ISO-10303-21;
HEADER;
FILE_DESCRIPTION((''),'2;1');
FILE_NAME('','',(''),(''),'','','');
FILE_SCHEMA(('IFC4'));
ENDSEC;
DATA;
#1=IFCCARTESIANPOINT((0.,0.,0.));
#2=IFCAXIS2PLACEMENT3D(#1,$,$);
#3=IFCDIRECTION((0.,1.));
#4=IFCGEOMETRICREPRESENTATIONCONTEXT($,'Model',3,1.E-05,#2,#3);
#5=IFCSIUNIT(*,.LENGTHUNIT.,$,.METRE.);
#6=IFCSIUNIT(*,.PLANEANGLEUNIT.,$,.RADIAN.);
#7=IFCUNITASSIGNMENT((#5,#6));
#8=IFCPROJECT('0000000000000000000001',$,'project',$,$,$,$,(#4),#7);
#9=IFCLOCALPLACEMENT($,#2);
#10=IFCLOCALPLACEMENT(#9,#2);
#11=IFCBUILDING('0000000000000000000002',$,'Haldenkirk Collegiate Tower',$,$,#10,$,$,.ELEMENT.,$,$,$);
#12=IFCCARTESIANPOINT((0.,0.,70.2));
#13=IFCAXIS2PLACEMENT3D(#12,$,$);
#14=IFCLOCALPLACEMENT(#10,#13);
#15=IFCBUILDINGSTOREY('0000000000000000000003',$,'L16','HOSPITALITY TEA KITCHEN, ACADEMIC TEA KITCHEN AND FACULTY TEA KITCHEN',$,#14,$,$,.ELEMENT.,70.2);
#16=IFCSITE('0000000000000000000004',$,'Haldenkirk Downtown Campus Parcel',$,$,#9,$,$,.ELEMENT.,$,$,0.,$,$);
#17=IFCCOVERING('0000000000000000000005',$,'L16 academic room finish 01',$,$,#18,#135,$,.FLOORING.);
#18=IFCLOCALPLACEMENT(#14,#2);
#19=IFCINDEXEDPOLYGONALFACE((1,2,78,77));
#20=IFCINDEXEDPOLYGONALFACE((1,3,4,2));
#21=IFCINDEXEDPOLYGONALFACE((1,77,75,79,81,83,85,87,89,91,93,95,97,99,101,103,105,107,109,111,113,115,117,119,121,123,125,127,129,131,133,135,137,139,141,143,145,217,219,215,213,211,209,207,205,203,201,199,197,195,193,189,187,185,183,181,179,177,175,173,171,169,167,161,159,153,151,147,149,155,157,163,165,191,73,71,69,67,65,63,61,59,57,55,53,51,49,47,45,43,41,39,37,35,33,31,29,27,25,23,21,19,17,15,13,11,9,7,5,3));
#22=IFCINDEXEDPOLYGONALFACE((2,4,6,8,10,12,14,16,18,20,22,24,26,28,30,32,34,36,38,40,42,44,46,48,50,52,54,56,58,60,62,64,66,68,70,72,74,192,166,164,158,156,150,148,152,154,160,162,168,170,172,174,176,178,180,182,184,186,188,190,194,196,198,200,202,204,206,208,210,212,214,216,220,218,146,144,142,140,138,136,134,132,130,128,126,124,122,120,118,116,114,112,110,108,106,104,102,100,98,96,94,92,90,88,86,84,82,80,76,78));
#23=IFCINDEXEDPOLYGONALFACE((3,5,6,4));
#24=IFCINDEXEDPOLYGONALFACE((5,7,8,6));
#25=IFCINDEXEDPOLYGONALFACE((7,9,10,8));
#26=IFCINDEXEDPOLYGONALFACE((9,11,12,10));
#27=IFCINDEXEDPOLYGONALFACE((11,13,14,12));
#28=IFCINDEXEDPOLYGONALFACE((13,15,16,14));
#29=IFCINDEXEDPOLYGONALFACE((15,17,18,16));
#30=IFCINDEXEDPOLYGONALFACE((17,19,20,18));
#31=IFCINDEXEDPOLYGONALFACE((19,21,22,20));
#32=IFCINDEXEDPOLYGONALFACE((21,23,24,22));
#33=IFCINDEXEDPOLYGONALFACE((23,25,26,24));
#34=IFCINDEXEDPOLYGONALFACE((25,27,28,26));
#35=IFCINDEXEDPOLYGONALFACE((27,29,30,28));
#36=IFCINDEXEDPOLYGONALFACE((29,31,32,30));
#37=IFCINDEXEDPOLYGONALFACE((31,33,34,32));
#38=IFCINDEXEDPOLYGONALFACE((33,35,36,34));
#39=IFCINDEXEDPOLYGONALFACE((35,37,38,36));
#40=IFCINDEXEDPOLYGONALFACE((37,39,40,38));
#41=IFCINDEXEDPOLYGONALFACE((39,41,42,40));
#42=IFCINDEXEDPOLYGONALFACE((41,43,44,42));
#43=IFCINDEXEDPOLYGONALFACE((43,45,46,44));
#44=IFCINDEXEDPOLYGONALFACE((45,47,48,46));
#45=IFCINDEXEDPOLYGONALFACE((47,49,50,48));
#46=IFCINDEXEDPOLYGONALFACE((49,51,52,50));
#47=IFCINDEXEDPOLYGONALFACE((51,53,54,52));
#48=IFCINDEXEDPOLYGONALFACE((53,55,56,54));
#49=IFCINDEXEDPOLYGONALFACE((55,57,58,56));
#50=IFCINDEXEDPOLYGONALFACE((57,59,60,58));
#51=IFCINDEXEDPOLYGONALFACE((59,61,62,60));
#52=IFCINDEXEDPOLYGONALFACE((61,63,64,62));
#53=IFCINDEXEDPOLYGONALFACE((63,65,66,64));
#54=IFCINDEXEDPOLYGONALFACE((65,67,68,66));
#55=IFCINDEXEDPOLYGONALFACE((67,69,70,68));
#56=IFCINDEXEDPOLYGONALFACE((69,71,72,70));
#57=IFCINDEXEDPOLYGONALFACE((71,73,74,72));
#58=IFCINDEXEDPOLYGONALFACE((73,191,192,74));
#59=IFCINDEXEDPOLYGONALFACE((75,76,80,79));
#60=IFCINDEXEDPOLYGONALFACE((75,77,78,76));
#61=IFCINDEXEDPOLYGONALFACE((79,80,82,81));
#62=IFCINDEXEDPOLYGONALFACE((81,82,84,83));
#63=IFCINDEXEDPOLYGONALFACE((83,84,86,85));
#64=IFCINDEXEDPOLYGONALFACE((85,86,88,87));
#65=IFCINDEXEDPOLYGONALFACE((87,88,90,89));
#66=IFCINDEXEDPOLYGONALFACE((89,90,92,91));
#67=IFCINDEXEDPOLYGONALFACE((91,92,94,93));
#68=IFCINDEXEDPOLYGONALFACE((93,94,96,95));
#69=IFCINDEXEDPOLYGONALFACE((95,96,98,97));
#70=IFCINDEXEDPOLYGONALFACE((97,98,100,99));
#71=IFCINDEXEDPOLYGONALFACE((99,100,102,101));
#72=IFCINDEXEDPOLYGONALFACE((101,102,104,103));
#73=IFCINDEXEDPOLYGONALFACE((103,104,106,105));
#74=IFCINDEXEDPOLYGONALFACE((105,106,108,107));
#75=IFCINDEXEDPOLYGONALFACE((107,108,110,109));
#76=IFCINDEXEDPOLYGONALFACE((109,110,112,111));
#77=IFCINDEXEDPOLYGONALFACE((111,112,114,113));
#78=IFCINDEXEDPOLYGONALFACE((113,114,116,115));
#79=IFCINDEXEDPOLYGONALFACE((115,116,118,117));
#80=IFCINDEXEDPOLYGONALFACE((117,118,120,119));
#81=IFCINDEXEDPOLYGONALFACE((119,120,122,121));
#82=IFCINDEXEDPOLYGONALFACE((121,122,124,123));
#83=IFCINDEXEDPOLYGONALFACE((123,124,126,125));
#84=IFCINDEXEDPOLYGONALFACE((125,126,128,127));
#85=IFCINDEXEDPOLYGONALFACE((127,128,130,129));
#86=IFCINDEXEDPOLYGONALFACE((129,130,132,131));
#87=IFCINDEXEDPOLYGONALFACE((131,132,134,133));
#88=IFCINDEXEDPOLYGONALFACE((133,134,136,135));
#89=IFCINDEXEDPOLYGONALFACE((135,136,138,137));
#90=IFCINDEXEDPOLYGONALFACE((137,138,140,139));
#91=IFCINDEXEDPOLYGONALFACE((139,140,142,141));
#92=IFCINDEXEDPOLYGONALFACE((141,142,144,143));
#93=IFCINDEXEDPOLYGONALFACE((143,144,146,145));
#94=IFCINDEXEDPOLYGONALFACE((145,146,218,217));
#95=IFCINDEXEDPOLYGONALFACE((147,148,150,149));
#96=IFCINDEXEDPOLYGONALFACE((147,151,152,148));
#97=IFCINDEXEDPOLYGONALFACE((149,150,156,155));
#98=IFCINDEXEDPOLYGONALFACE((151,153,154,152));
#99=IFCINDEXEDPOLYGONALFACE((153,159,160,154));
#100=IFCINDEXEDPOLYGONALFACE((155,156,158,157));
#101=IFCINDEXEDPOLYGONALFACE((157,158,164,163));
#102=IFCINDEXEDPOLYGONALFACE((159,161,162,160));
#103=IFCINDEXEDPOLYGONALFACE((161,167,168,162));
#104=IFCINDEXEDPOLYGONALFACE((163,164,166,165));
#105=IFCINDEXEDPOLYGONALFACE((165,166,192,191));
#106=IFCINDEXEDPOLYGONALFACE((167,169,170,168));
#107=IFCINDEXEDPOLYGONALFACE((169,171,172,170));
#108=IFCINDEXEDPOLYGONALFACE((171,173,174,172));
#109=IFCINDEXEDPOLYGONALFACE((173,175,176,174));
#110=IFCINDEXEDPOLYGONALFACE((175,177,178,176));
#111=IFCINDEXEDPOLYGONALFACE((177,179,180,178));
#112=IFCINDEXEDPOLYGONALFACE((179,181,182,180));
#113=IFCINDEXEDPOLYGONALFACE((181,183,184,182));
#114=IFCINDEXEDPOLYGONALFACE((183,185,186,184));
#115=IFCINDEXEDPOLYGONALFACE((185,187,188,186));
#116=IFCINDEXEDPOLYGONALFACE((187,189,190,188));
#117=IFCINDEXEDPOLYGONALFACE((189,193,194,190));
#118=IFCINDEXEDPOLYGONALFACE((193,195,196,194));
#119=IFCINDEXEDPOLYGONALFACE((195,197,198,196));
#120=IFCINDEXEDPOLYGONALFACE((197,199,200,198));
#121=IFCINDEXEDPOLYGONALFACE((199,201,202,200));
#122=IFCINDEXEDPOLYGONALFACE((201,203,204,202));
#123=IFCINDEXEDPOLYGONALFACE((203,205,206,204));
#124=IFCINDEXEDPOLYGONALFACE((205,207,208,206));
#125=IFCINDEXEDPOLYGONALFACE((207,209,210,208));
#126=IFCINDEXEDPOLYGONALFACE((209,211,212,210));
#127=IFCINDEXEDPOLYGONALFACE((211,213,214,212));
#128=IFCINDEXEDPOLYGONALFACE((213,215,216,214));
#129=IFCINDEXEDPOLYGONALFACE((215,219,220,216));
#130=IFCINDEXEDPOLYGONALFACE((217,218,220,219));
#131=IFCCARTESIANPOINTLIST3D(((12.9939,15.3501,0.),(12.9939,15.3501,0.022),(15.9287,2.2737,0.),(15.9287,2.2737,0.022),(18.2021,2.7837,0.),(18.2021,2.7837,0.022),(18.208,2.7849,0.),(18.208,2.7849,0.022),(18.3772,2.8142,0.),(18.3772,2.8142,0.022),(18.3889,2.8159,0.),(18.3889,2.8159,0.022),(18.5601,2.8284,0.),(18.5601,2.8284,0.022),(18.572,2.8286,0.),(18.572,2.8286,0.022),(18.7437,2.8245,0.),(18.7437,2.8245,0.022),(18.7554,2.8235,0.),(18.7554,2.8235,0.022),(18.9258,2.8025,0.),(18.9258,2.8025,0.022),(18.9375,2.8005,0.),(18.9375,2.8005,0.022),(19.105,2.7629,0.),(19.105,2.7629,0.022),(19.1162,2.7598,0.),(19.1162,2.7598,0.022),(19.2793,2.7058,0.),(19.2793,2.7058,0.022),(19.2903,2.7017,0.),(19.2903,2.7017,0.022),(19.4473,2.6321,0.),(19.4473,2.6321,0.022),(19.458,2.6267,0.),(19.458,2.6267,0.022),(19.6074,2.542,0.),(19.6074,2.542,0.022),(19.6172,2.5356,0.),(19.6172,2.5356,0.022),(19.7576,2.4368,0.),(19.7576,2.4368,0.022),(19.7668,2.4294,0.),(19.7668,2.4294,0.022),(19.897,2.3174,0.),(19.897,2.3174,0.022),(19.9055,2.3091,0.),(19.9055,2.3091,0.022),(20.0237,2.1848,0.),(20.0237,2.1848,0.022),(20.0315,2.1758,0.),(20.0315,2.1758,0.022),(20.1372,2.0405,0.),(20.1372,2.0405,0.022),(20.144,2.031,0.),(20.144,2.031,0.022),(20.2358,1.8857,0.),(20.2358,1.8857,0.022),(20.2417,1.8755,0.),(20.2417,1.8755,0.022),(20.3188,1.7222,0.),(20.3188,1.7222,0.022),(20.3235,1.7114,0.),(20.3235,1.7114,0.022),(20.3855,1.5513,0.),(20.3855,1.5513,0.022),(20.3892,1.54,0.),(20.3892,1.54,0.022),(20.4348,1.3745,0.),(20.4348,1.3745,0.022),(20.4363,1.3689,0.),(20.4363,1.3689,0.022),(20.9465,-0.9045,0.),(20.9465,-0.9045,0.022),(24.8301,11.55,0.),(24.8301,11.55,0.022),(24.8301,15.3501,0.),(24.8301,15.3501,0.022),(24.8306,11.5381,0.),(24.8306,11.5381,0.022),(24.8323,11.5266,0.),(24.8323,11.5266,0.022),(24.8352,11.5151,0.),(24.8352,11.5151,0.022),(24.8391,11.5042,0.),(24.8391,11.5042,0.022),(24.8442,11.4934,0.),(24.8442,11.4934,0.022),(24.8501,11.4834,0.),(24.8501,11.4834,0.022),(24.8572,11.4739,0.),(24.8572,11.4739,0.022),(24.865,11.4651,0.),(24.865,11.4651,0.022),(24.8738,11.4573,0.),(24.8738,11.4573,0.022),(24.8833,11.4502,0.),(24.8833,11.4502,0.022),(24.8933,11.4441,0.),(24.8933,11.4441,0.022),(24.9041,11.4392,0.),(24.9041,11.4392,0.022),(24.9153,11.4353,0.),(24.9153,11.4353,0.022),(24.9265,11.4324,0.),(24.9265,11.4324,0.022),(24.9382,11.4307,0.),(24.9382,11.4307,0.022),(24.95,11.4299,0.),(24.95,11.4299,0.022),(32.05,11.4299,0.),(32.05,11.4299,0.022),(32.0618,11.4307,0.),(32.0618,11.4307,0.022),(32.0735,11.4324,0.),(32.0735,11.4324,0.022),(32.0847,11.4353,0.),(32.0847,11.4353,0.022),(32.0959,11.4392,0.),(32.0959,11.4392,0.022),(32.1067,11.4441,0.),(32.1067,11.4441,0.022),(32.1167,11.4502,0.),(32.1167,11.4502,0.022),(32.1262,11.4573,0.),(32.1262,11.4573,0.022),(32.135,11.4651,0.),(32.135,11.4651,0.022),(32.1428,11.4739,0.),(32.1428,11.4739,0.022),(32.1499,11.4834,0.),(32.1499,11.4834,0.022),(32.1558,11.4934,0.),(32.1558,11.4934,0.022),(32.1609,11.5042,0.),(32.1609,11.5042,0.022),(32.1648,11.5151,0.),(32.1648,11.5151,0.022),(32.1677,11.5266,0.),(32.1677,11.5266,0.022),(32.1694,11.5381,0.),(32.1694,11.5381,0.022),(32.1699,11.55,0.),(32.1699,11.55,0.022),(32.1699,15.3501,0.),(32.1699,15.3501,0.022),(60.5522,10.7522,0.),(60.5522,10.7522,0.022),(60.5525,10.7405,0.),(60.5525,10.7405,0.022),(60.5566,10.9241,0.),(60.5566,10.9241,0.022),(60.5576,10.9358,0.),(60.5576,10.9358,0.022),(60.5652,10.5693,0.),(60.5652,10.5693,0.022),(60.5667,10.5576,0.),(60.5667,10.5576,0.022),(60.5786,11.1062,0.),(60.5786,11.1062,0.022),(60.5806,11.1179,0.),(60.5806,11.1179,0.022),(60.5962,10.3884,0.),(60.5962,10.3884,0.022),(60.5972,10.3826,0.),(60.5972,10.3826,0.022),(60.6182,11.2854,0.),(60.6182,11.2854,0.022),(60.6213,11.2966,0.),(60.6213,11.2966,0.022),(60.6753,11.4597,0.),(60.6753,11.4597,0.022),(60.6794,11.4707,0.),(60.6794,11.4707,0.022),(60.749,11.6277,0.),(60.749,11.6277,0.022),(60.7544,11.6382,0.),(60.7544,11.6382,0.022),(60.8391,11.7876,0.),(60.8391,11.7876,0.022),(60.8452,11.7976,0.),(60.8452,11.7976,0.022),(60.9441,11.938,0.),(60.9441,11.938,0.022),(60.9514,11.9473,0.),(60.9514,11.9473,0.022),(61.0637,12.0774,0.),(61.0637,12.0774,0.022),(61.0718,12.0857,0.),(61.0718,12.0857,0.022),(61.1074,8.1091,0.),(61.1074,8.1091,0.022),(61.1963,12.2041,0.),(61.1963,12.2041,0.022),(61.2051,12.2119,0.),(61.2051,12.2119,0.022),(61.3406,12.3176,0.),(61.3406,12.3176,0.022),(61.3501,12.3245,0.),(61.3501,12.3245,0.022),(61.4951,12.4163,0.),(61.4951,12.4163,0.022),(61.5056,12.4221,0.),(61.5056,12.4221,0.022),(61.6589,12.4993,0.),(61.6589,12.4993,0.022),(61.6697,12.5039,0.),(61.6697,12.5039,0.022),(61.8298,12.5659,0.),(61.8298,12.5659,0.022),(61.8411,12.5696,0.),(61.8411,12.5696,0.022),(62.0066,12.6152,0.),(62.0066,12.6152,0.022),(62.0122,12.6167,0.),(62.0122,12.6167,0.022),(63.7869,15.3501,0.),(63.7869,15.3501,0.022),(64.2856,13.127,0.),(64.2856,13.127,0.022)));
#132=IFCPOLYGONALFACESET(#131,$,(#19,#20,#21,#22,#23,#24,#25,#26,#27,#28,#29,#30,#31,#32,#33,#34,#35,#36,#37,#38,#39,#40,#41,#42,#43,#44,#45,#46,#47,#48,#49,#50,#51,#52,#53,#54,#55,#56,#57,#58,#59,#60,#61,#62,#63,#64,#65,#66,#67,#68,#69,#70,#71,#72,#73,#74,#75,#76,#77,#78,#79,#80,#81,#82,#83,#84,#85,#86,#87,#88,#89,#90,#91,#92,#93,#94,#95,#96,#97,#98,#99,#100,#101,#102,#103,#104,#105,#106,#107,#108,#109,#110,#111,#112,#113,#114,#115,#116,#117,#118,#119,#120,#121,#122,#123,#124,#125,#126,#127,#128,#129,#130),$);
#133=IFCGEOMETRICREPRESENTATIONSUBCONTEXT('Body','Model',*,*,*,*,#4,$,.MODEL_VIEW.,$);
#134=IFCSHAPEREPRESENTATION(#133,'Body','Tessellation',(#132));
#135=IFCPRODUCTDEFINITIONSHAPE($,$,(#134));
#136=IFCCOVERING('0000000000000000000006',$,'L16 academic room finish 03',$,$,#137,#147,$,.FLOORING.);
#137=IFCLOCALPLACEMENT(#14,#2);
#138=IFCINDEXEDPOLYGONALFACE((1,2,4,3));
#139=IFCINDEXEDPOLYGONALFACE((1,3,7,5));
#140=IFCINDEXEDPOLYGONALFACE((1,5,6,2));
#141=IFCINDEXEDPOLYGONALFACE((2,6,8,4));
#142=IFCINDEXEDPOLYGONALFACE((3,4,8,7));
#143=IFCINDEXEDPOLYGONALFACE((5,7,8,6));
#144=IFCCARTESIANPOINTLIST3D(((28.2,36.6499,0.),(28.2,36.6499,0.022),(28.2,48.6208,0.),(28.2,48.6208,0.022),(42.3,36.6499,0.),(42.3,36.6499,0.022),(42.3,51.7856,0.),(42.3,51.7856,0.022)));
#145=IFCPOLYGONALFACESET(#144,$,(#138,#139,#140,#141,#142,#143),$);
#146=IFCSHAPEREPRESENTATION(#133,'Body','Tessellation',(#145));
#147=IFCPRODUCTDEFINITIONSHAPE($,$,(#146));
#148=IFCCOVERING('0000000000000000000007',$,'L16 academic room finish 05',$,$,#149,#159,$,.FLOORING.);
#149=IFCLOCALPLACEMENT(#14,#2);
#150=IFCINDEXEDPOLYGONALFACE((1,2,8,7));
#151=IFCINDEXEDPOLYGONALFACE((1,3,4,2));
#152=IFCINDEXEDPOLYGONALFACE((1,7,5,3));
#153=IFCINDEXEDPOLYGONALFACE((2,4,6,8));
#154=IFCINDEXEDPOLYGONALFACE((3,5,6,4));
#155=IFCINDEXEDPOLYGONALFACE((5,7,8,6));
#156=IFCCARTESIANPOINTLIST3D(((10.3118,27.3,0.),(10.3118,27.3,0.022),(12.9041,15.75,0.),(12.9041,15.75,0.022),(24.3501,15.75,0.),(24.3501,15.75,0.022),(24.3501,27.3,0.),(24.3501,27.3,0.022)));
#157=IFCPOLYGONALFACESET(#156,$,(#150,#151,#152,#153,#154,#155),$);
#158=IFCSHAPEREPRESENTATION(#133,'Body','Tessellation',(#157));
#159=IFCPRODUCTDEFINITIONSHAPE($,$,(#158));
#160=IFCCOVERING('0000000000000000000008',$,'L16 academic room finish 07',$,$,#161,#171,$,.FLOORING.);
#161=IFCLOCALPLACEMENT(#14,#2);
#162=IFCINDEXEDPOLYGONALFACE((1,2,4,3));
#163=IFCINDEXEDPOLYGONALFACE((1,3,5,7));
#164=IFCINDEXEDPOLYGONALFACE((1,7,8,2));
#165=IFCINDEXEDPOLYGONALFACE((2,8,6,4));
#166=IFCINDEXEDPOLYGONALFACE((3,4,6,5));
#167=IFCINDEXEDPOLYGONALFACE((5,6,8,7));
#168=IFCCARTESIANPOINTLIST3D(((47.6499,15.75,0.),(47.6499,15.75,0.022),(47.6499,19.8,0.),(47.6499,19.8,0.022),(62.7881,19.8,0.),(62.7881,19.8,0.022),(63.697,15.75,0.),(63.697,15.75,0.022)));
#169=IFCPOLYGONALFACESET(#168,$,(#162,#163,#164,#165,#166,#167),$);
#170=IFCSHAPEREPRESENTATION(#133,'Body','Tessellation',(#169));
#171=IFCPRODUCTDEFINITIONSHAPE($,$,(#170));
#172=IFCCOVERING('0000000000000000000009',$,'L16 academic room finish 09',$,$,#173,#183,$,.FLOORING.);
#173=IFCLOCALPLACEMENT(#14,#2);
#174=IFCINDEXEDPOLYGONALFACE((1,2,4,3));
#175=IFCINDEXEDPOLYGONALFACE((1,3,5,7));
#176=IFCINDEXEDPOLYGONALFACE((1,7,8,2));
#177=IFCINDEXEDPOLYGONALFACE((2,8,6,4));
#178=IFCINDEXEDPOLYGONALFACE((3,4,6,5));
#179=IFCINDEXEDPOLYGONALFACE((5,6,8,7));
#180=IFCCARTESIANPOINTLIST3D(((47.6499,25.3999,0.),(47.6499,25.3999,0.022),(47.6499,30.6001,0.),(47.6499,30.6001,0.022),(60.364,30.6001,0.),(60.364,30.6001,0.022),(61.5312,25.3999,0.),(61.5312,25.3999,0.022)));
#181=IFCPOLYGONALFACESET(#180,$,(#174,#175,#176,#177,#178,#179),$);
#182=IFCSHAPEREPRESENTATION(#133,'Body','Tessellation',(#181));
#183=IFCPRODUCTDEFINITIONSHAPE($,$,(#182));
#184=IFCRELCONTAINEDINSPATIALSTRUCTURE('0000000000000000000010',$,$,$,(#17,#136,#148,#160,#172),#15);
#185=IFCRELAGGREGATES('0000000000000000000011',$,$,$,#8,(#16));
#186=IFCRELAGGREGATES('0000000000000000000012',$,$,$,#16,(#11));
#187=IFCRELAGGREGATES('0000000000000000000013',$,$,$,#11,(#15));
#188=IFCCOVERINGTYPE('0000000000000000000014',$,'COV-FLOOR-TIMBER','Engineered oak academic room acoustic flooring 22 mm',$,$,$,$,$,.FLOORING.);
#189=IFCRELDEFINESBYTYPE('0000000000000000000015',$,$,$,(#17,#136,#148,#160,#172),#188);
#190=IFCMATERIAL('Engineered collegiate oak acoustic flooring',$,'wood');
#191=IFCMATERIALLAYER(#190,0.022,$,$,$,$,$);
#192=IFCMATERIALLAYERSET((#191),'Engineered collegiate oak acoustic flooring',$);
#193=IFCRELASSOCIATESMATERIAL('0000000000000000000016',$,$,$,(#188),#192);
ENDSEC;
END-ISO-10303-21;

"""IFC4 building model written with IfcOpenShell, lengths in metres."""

from ifc_helpers import new_model, si_unit, direction, frame, origin, place, context, subcontext, project, spatial, polyline, outline, extrude, material, layer, layer_set, type_object, element, save


model = new_model("IFC4")

# Units and contexts
model_context = context("Model", 3, precision=1e-05, world=origin(), true_north=direction((0.0, 1.0)))
body_context = subcontext(model_context, "Body", "Model", "MODEL_VIEW")
ifc_project = project(units=[si_unit("LENGTHUNIT", "METRE"), si_unit("PLANEANGLEUNIT", "RADIAN")], contexts=[model_context])

# Site, building, storey
site_placement = place(None, origin())
site = spatial("IfcSite", under=ifc_project, at=site_placement, Name="Haldenkirk Downtown Campus Parcel", CompositionType="ELEMENT", RefElevation=0.0)
building_placement = place(site_placement, origin())
building = spatial("IfcBuilding", under=site, at=building_placement, Name="Haldenkirk Collegiate Tower", CompositionType="ELEMENT")
storey_placement = place(building_placement, frame((0.0, 0.0, 70.2)))
storey = spatial("IfcBuildingStorey", under=building, at=storey_placement, Name="L16", Description="HOSPITALITY TEA KITCHEN, ACADEMIC TEA KITCHEN AND FACULTY TEA KITCHEN", CompositionType="ELEMENT", Elevation=70.2)

# Coverings
ifc_material_1 = material(Name="Engineered collegiate oak acoustic flooring", Category="wood")
ifc_layer_1 = layer(ifc_material_1, 0.022)
ifc_layer_set_1 = layer_set([ifc_layer_1], Name="Engineered collegiate oak acoustic flooring")
covering_type_1 = type_object("IfcCoveringType", Name="COV-FLOOR-TIMBER", Description="Engineered oak academic room acoustic flooring 22 mm", PredefinedType="FLOORING", material=ifc_layer_set_1)
covering_1_placement = place(storey_placement, origin())
element("IfcCovering", 1, at=covering_1_placement, inside=storey, type_object=covering_type_1, Name="L16 academic room finish 01", PredefinedType="FLOORING", context=body_context, shape_type="SweptSolid", body=[
    extrude(outline(polyline([(20.144, 2.031), (20.1372, 2.0405), (20.0315, 2.1758), (20.0237, 2.1848), (19.9055, 2.3091), (19.897, 2.3174), (19.7668, 2.4294), (19.7576, 2.4368), (19.6172, 2.5356), (19.6074, 2.542), (19.458, 2.6267), (19.4473, 2.6321), (19.2903, 2.7017), (19.2793, 2.7058), (19.1162, 2.7598), (19.105, 2.7629), (18.9375, 2.8005), (18.9258, 2.8025), (18.7554, 2.8235), (18.7437, 2.8245), (18.572, 2.8286), (18.5601, 2.8284), (18.3889, 2.8159), (18.3772, 2.8142), (18.208, 2.7849), (18.2021, 2.7837), (15.9287, 2.2737), (12.9939, 15.3501), (24.8301, 15.3501), (24.8301, 11.55), (24.8306, 11.5381), (24.8323, 11.5266), (24.8352, 11.5151), (24.8391, 11.5042), (24.8442, 11.4934), (24.8501, 11.4834), (24.8572, 11.4739), (24.865, 11.4651), (24.8738, 11.4573), (24.8833, 11.4502), (24.8933, 11.4441), (24.9041, 11.4392), (24.9153, 11.4353), (24.9265, 11.4324), (24.9382, 11.4307), (24.95, 11.4299), (32.05, 11.4299), (32.0618, 11.4307), (32.0735, 11.4324), (32.0847, 11.4353), (32.0959, 11.4392), (32.1067, 11.4441), (32.1167, 11.4502), (32.1262, 11.4573), (32.135, 11.4651), (32.1428, 11.4739), (32.1499, 11.4834), (32.1558, 11.4934), (32.1609, 11.5042), (32.1648, 11.5151), (32.1677, 11.5266), (32.1694, 11.5381), (32.1699, 11.55), (32.1699, 15.3501), (63.7869, 15.3501), (64.2856, 13.127), (62.0122, 12.6167), (62.0066, 12.6152), (61.8411, 12.5696), (61.8298, 12.5659), (61.6697, 12.5039), (61.6589, 12.4993), (61.5056, 12.4221), (61.4951, 12.4163), (61.3501, 12.3245), (61.3406, 12.3176), (61.2051, 12.2119), (61.1963, 12.2041), (61.0718, 12.0857), (61.0637, 12.0774), (60.9514, 11.9473), (60.9441, 11.938), (60.8452, 11.7976), (60.8391, 11.7876), (60.7544, 11.6382), (60.749, 11.6277), (60.6794, 11.4707), (60.6753, 11.4597), (60.6213, 11.2966), (60.6182, 11.2854), (60.5806, 11.1179), (60.5786, 11.1062), (60.5576, 10.9358), (60.5566, 10.9241), (60.5522, 10.7522), (60.5525, 10.7405), (60.5652, 10.5693), (60.5667, 10.5576), (60.5962, 10.3884), (60.5972, 10.3826), (61.1074, 8.1091), (20.9465, -0.9045), (20.4363, 1.3689), (20.4348, 1.3745), (20.3892, 1.54), (20.3855, 1.5513), (20.3235, 1.7114), (20.3188, 1.7222), (20.2417, 1.8755), (20.2358, 1.8857), (20.144, 2.031)])), origin(), (0.0, 0.0, 1.0), 0.022),
])
covering_2_placement = place(storey_placement, origin())
element("IfcCovering", 2, at=covering_2_placement, inside=storey, type_object=covering_type_1, Name="L16 academic room finish 03", PredefinedType="FLOORING", context=body_context, shape_type="SweptSolid", body=[
    extrude(outline(polyline([(42.3, 51.7856), (42.3, 36.6499), (28.2, 36.6499), (28.2, 48.6208), (42.3, 51.7856)])), origin(), (0.0, 0.0, 1.0), 0.022),
])
covering_3_placement = place(storey_placement, origin())
element("IfcCovering", 3, at=covering_3_placement, inside=storey, type_object=covering_type_1, Name="L16 academic room finish 05", PredefinedType="FLOORING", context=body_context, shape_type="SweptSolid", body=[
    extrude(outline(polyline([(10.3118, 27.3), (24.3501, 27.3), (24.3501, 15.75), (12.9041, 15.75), (10.3118, 27.3)])), origin(), (0.0, 0.0, 1.0), 0.022),
])
covering_4_placement = place(storey_placement, origin())
element("IfcCovering", 4, at=covering_4_placement, inside=storey, type_object=covering_type_1, Name="L16 academic room finish 07", PredefinedType="FLOORING", context=body_context, shape_type="SweptSolid", body=[
    extrude(outline(polyline([(63.697, 15.75), (47.6499, 15.75), (47.6499, 19.8), (62.7881, 19.8), (63.697, 15.75)])), origin(), (0.0, 0.0, 1.0), 0.022),
])
covering_5_placement = place(storey_placement, origin())
element("IfcCovering", 5, at=covering_5_placement, inside=storey, type_object=covering_type_1, Name="L16 academic room finish 09", PredefinedType="FLOORING", context=body_context, shape_type="SweptSolid", body=[
    extrude(outline(polyline([(61.5312, 25.3999), (47.6499, 25.3999), (47.6499, 30.6001), (60.364, 30.6001), (61.5312, 25.3999)])), origin(), (0.0, 0.0, 1.0), 0.022),
])

save(model, "model.ifc")
